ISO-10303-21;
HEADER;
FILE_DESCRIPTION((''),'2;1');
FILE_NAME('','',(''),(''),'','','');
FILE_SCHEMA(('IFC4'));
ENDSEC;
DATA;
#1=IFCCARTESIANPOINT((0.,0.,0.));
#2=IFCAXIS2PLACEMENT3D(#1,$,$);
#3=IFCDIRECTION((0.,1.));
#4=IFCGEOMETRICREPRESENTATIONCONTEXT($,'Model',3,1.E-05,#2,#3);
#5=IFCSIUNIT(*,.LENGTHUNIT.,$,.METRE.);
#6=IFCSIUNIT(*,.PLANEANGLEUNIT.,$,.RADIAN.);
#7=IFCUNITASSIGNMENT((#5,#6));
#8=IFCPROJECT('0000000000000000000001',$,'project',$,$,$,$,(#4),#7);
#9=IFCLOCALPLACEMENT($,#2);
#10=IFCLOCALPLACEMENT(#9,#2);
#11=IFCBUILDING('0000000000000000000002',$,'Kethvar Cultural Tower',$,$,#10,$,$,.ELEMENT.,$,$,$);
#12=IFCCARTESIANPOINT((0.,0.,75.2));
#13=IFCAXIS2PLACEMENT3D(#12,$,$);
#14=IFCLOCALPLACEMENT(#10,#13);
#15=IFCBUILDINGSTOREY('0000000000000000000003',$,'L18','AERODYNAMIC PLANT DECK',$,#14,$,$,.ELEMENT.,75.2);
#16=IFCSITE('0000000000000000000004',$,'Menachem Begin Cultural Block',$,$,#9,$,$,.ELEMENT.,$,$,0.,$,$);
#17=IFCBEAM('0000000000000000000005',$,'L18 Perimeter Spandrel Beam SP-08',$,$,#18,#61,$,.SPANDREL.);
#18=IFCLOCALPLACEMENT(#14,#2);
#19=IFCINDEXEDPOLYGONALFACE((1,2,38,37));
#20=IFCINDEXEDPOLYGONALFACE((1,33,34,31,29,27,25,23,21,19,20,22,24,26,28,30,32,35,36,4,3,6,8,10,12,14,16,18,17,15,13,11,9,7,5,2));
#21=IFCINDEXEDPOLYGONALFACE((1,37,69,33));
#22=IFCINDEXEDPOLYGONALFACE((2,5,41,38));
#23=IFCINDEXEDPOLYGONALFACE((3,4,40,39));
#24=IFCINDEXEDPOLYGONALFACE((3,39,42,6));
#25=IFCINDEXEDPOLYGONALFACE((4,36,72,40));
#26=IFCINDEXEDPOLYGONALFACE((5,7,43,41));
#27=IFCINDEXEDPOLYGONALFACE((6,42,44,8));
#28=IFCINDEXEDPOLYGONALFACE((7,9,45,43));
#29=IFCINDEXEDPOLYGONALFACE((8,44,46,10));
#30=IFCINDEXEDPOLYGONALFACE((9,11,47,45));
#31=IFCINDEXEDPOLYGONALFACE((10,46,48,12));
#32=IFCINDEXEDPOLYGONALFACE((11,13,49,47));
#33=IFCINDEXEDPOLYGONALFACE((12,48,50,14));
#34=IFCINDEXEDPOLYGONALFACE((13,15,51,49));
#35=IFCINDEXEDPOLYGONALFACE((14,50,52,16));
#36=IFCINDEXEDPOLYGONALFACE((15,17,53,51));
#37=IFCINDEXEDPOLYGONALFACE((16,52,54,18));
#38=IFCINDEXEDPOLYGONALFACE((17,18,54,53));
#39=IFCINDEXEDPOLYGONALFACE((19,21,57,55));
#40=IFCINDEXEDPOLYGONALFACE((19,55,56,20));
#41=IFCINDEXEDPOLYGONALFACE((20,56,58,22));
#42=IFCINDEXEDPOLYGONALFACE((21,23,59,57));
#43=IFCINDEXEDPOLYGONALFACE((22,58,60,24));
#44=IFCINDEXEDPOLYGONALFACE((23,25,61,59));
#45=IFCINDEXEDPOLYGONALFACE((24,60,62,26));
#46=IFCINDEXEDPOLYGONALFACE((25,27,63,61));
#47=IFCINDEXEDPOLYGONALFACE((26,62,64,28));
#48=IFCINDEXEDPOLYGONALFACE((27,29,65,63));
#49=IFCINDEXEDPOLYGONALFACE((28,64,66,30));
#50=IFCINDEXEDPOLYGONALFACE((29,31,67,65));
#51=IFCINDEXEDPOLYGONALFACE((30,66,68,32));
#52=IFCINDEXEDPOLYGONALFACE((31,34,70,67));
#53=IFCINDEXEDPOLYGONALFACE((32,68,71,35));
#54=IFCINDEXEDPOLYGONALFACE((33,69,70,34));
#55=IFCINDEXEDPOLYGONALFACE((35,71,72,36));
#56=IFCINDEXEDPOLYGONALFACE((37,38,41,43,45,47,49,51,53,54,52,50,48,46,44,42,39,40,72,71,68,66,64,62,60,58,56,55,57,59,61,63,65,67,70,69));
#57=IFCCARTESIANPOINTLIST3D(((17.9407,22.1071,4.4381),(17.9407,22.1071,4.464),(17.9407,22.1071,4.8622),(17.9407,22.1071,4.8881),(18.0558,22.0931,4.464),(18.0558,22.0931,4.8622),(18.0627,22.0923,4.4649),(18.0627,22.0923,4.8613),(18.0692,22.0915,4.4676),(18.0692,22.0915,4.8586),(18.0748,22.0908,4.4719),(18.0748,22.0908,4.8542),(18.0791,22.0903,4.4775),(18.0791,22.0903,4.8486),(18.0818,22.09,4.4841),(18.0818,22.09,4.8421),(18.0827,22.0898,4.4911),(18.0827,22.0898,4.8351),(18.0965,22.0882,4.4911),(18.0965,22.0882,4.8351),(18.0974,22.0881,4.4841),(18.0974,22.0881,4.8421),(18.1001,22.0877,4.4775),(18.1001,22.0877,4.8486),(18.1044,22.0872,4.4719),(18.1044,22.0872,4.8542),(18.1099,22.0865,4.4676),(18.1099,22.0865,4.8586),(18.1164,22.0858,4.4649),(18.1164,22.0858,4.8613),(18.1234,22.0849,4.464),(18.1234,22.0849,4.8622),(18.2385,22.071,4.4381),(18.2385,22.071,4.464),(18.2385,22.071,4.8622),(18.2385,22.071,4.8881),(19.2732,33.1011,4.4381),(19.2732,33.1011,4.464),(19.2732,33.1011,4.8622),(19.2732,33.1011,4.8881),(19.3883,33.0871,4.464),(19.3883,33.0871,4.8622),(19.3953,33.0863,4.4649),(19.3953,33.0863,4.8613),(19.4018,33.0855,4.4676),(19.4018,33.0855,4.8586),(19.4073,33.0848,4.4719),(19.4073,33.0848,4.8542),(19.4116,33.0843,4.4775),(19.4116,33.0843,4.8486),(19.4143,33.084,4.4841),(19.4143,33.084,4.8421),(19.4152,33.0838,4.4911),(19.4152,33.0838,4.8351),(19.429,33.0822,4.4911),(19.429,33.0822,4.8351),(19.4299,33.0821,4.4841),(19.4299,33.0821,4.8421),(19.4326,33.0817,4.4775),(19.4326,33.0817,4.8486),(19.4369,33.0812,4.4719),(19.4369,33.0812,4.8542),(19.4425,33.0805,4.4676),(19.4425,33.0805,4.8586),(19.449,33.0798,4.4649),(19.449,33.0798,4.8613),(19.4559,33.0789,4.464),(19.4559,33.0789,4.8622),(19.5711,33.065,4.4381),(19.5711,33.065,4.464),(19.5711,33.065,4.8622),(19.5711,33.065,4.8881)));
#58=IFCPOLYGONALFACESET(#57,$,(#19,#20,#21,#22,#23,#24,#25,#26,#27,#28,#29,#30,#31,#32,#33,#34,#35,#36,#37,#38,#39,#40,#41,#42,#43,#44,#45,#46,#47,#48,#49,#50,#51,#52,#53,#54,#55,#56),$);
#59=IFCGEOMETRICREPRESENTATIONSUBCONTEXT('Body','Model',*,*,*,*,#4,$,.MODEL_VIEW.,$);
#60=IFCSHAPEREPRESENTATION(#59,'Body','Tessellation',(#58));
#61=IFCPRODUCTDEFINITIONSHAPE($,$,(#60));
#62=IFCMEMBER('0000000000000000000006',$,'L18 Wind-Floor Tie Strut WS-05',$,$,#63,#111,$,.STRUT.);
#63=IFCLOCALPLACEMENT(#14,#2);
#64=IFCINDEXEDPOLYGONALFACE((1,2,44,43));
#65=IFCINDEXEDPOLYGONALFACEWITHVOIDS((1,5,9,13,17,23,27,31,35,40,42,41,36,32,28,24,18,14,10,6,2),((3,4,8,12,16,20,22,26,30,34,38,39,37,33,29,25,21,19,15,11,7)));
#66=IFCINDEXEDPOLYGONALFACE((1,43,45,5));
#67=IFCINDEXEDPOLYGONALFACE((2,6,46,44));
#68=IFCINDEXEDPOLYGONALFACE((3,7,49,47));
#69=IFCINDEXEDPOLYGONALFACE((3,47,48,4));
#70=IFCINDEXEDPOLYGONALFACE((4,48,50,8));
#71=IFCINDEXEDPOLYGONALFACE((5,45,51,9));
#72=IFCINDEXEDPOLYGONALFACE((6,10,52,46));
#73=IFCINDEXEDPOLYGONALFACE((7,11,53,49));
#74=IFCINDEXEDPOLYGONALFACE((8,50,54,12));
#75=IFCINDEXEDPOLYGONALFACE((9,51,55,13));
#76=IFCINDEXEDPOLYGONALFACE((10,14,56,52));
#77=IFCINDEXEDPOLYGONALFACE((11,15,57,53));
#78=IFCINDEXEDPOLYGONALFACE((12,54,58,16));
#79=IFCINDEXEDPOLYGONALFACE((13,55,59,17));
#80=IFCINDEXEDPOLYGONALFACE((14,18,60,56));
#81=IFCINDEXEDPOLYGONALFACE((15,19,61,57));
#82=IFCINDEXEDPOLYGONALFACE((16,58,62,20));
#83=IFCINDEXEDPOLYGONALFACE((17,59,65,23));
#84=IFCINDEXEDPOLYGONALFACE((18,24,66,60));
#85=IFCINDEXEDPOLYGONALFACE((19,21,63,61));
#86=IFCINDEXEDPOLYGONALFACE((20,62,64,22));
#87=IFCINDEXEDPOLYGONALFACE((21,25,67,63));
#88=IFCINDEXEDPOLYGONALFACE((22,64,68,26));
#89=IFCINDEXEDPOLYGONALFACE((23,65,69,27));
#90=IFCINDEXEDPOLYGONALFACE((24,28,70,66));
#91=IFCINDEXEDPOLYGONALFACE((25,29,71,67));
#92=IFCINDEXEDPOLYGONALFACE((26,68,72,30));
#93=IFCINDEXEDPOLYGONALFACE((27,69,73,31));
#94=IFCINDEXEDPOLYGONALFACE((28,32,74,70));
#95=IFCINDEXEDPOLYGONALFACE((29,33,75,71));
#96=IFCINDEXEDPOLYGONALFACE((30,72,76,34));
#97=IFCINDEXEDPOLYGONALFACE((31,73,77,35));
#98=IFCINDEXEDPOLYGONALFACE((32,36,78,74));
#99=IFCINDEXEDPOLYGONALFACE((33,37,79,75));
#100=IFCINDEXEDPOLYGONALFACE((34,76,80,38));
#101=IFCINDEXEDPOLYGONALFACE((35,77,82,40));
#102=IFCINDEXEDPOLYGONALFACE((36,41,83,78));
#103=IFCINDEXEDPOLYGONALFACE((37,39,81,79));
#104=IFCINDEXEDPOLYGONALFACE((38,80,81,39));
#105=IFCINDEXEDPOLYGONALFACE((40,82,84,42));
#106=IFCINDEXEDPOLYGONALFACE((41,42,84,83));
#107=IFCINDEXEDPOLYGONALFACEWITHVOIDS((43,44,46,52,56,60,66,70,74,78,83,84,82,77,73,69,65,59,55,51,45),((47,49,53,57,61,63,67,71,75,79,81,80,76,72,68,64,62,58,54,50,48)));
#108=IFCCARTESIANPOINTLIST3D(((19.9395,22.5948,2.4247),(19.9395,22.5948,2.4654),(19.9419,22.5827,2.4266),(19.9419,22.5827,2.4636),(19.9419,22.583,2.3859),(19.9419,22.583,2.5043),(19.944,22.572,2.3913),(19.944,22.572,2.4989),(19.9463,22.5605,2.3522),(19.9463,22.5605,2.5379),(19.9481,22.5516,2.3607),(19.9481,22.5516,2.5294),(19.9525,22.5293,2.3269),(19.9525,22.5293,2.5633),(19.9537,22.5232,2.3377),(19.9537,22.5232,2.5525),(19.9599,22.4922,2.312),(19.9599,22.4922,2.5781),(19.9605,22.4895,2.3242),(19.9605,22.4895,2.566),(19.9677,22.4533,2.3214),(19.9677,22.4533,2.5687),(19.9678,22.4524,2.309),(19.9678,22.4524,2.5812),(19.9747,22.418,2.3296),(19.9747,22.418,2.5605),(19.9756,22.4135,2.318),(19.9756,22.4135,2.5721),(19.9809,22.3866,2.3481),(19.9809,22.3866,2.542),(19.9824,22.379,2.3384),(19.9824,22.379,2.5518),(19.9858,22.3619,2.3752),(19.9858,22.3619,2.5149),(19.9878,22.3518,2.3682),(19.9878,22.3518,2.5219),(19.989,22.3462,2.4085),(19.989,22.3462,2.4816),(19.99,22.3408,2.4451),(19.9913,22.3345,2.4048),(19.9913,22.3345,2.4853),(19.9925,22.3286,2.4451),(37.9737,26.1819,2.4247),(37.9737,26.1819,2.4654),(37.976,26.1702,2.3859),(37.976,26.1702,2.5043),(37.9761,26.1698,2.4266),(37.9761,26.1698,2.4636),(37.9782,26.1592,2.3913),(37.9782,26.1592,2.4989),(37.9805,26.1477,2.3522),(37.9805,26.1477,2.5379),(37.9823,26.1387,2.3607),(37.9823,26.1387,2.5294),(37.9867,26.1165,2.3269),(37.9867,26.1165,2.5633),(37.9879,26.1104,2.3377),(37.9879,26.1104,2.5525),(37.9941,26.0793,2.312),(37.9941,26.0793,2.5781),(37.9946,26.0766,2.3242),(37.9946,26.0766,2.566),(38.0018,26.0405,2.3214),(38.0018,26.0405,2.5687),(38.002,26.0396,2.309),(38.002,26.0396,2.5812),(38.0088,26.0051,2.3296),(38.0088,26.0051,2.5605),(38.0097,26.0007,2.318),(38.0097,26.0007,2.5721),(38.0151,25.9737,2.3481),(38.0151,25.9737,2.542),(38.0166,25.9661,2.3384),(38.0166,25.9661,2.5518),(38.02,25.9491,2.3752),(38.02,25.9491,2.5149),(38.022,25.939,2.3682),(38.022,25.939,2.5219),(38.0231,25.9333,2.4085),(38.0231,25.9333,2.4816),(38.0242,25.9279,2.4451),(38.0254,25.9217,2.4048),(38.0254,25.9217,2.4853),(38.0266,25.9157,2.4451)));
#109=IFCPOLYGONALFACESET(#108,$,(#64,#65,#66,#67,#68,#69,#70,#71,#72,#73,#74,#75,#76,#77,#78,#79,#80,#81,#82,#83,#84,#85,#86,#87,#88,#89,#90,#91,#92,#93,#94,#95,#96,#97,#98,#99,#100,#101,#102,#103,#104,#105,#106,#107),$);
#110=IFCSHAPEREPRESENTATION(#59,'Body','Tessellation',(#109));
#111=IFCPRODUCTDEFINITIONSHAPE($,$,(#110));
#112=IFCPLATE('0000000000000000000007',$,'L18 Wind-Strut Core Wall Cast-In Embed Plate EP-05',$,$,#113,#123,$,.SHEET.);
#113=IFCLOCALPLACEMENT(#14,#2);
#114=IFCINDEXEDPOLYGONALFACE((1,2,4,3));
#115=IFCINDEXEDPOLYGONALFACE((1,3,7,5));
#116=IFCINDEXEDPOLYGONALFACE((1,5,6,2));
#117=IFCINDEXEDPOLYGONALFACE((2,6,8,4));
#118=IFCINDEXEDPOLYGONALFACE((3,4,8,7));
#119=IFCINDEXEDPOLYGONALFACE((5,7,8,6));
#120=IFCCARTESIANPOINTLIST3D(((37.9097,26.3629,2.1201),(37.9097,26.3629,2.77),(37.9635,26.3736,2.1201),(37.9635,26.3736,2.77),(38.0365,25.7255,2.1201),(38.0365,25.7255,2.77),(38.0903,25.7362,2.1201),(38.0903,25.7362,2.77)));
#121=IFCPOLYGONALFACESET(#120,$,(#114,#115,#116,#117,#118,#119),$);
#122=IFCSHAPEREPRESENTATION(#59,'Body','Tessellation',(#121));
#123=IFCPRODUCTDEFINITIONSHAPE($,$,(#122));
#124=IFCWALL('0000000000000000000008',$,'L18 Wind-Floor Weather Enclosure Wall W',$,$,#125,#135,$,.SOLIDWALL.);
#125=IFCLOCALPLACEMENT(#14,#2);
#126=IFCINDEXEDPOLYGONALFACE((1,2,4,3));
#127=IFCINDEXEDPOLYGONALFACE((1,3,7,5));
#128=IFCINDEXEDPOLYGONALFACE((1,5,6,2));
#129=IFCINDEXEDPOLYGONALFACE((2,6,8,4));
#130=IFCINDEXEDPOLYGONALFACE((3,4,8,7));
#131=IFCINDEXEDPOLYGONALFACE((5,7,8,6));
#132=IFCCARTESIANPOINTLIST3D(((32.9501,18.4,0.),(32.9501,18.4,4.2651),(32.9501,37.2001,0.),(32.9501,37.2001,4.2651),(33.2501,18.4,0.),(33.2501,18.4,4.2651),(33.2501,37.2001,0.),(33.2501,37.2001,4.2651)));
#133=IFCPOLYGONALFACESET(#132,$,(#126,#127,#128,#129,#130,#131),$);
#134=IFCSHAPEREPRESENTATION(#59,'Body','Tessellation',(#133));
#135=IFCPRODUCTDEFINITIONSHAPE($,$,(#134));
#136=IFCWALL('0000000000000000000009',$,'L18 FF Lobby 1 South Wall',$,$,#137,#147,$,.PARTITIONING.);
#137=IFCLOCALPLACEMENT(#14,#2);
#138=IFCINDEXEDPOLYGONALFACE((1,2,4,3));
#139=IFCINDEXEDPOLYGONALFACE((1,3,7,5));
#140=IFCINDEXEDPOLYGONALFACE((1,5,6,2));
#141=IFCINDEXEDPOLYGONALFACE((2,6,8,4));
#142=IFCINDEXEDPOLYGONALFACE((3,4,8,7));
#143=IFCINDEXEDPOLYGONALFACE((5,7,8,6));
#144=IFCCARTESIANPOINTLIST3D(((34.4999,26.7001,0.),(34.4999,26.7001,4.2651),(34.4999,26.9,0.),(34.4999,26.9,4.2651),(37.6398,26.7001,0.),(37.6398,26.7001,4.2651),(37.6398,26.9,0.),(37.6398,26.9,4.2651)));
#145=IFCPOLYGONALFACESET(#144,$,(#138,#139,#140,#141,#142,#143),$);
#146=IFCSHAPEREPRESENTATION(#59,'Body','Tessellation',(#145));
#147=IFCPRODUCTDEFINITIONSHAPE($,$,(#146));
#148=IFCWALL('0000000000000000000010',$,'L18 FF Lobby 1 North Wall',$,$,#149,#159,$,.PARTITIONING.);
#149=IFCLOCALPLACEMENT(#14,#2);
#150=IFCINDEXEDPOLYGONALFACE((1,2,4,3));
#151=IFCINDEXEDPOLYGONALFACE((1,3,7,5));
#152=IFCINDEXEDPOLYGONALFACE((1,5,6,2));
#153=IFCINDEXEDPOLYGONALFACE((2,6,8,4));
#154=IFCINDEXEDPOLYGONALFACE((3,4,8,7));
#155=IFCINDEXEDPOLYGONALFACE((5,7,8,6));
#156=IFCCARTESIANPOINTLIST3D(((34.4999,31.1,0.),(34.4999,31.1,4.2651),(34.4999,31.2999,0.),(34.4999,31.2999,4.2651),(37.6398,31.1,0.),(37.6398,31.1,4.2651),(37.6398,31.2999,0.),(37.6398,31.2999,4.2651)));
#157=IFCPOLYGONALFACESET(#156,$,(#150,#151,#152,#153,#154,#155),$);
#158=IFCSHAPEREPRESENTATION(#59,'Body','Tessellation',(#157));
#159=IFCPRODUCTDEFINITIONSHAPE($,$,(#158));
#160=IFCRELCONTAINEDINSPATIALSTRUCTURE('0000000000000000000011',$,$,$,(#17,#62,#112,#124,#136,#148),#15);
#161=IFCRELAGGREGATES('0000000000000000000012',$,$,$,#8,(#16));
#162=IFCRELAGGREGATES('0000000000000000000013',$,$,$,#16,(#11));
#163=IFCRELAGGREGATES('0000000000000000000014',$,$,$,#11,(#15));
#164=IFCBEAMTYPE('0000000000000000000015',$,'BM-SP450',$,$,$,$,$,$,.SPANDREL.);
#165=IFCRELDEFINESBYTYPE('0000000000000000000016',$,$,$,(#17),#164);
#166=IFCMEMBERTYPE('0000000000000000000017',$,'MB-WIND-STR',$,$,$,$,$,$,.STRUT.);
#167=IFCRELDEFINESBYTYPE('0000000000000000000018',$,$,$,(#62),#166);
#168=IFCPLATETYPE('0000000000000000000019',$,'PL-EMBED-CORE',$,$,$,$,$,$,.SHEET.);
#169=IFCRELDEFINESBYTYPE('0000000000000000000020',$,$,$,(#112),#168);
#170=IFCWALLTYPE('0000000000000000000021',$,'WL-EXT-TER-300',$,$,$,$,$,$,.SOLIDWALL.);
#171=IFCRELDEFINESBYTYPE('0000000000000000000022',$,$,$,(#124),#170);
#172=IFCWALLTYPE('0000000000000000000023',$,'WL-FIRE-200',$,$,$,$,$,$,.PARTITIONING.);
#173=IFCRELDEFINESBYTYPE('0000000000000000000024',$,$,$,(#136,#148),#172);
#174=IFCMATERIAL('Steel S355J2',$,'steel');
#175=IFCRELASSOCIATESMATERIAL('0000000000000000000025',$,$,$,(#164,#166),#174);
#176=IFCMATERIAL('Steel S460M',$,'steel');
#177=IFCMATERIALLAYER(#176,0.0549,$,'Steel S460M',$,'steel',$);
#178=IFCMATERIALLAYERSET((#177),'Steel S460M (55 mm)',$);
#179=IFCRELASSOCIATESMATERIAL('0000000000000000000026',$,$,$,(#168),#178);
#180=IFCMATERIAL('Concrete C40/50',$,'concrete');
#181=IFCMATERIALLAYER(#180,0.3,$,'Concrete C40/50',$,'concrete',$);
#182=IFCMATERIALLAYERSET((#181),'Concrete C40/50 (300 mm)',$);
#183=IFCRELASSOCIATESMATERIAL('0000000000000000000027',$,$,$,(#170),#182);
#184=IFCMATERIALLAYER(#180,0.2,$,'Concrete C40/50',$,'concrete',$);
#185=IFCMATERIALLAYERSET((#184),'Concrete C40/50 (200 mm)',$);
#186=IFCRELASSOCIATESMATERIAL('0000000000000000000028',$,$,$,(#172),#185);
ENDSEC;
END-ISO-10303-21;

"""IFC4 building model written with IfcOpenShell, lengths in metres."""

from ifc_helpers import new_model, si_unit, direction, frame, frame_2d, origin, origin_2d, place, context, subcontext, project, spatial, rectangle, hollow_circle, i_section, extrude, source, transform, mapped, material, layer, layer_set, material_profile, profile_set, type_object, element, save


model = new_model("IFC4")

# Units and contexts
model_context = context("Model", 3, precision=1e-05, world=origin(), true_north=direction((0.0, 1.0)))
body_context = subcontext(model_context, "Body", "Model", "MODEL_VIEW")
ifc_project = project(units=[si_unit("LENGTHUNIT", "METRE"), si_unit("PLANEANGLEUNIT", "RADIAN")], contexts=[model_context])

# Site, building, storey
site_placement = place(None, origin())
site = spatial("IfcSite", under=ifc_project, at=site_placement, Name="Menachem Begin Cultural Block", CompositionType="ELEMENT", RefElevation=0.0)
building_placement = place(site_placement, origin())
building = spatial("IfcBuilding", under=site, at=building_placement, Name="Kethvar Cultural Tower", CompositionType="ELEMENT")
storey_placement = place(building_placement, frame((0.0, 0.0, 75.2)))
storey = spatial("IfcBuildingStorey", under=building, at=storey_placement, Name="L18", Description="AERODYNAMIC PLANT DECK", CompositionType="ELEMENT", Elevation=75.2)

# Shared definitions
ifc_material_1 = material(Name="Steel S460M", Category="steel")

# Beam
ifc_material_2 = material(Name="Steel S355J2", Category="steel")
ifc_material_profile_1 = material_profile(ifc_material_2, i_section(OverallWidth=0.3, OverallDepth=0.45, WebThickness=0.0139, FlangeThickness=0.0259, FilletRadius=0.0271, at=origin_2d()), Name="Steel S355J2 — HEB450")
ifc_profile_set_1 = profile_set([ifc_material_profile_1], Name="Steel S355J2 — HEB450")
beam_type_1 = type_object("IfcBeamType", Name="BM-SP450", PredefinedType="SPANDREL", material=ifc_profile_set_1)
shared_shape_1 = source(origin(), body_context, "Body", "SweptSolid", [
    extrude(i_section(OverallWidth=0.3, OverallDepth=0.45, WebThickness=0.0139, FlangeThickness=0.0259, FilletRadius=0.0271, at=origin_2d()), origin(), (0.0, 0.0, 1.0), 11.0745),
])
beam_1_placement = place(storey_placement, frame((19.4221, 33.083, 4.6631), z_axis=(-0.120325, -0.992735, 0.0), x_axis=(0.992735, -0.120325, 0.0)))
element("IfcBeam", 1, at=beam_1_placement, inside=storey, type_object=beam_type_1, Name="L18 Perimeter Spandrel Beam SP-08", PredefinedType="SPANDREL", context=body_context, shape_type="MappedRepresentation", body=[
    mapped(shared_shape_1, transform((0.0, 0.0, 0.0), scale=1.0)),
])

# Member
ifc_material_profile_2 = material_profile(ifc_material_2, hollow_circle(Radius=0.1365, WallThickness=0.0125, at=origin_2d()), Name="Steel S355J2 — CHS273x12.5")
ifc_profile_set_2 = profile_set([ifc_material_profile_2], Name="Steel S355J2 — CHS273x12.5")
member_type = type_object("IfcMemberType", Name="MB-WIND-STR", PredefinedType="STRUT", material=ifc_profile_set_2)
shared_shape_2 = source(origin(), body_context, "Body", "SweptSolid", [
    extrude(hollow_circle(Radius=0.1365, WallThickness=0.0125, at=origin_2d()), origin(), (0.0, 0.0, 1.0), 18.3875),
])
member_placement = place(storey_placement, frame((38.0, 26.0496, 2.4451), z_axis=(-0.980786, -0.195087, 0.0), x_axis=(0.195087, -0.980786, 0.0)))
element("IfcMember", 2, at=member_placement, inside=storey, type_object=member_type, Name="L18 Wind-Floor Tie Strut WS-05", PredefinedType="STRUT", context=body_context, shape_type="MappedRepresentation", body=[
    mapped(shared_shape_2, transform((0.0, 0.0, 0.0), scale=1.0)),
])

# Plate
ifc_layer_1 = layer(ifc_material_1, 0.0549, Name="Steel S460M", Category="steel")
ifc_layer_set_1 = layer_set([ifc_layer_1], Name="Steel S460M (55 mm)")
plate_type = type_object("IfcPlateType", Name="PL-EMBED-CORE", PredefinedType="SHEET", material=ifc_layer_set_1)
shared_shape_3 = source(origin(), body_context, "Body", "SweptSolid", [
    extrude(rectangle(XDim=0.0549, YDim=0.6499, at=origin_2d()), origin(), (0.0, 0.0, 1.0), 0.6499),
])
plate_placement = place(storey_placement, frame((38.0, 26.0496, 2.1201), z_axis=(0.0, 0.0, 1.0), x_axis=(-0.980785, -0.19509, 0.0)))
element("IfcPlate", 3, at=plate_placement, inside=storey, type_object=plate_type, Name="L18 Wind-Strut Core Wall Cast-In Embed Plate EP-05", PredefinedType="SHEET", context=body_context, shape_type="MappedRepresentation", body=[
    mapped(shared_shape_3, transform((0.0, 0.0, 0.0), scale=1.0)),
])

# Wall
ifc_material_3 = material(Name="Concrete C40/50", Category="concrete")
ifc_layer_2 = layer(ifc_material_3, 0.3, Name="Concrete C40/50", Category="concrete")
ifc_layer_set_2 = layer_set([ifc_layer_2], Name="Concrete C40/50 (300 mm)")
wall_type_1 = type_object("IfcWallType", Name="WL-EXT-TER-300", PredefinedType="SOLIDWALL", material=ifc_layer_set_2)
wall_1_placement = place(storey_placement, frame((33.1001, 37.2, 0.0), z_axis=(0.0, 0.0, 1.0), x_axis=(0.0, -1.0, 0.0)))
element("IfcWall", 4, at=wall_1_placement, inside=storey, type_object=wall_type_1, Name="L18 Wind-Floor Weather Enclosure Wall W", PredefinedType="SOLIDWALL", context=body_context, shape_type="SweptSolid", body=[
    extrude(rectangle(XDim=18.8, YDim=0.3, at=frame_2d((9.3999, 0.0))), origin(), (0.0, 0.0, 1.0), 4.2651),
])

# Shared definitions
ifc_layer_3 = layer(ifc_material_3, 0.2, Name="Concrete C40/50", Category="concrete")
ifc_layer_set_3 = layer_set([ifc_layer_3], Name="Concrete C40/50 (200 mm)")
wall_type_2 = type_object("IfcWallType", Name="WL-FIRE-200", PredefinedType="PARTITIONING", material=ifc_layer_set_3)

# Walls
for number, where, z_axis, x_axis, name in (
    (5, (34.5, 26.8, 0.0), (0.0, 0.0, 1.0), (1.0, 0.0, 0.0), "L18 FF Lobby 1 South Wall"),
    (6, (34.5, 31.2, 0.0), (0.0, 0.0, 1.0), (1.0, 0.0, 0.0), "L18 FF Lobby 1 North Wall"),
):
    element("IfcWall", number, at=place(storey_placement, frame(where, z_axis=z_axis, x_axis=x_axis)), inside=storey, type_object=wall_type_2, Name=name, PredefinedType="PARTITIONING", context=body_context, shape_type="SweptSolid", body=[
        extrude(rectangle(XDim=3.1399, YDim=0.2, at=frame_2d((1.5698, 0.0))), origin(), (0.0, 0.0, 1.0), 4.2651),
    ])

save(model, "model.ifc")
